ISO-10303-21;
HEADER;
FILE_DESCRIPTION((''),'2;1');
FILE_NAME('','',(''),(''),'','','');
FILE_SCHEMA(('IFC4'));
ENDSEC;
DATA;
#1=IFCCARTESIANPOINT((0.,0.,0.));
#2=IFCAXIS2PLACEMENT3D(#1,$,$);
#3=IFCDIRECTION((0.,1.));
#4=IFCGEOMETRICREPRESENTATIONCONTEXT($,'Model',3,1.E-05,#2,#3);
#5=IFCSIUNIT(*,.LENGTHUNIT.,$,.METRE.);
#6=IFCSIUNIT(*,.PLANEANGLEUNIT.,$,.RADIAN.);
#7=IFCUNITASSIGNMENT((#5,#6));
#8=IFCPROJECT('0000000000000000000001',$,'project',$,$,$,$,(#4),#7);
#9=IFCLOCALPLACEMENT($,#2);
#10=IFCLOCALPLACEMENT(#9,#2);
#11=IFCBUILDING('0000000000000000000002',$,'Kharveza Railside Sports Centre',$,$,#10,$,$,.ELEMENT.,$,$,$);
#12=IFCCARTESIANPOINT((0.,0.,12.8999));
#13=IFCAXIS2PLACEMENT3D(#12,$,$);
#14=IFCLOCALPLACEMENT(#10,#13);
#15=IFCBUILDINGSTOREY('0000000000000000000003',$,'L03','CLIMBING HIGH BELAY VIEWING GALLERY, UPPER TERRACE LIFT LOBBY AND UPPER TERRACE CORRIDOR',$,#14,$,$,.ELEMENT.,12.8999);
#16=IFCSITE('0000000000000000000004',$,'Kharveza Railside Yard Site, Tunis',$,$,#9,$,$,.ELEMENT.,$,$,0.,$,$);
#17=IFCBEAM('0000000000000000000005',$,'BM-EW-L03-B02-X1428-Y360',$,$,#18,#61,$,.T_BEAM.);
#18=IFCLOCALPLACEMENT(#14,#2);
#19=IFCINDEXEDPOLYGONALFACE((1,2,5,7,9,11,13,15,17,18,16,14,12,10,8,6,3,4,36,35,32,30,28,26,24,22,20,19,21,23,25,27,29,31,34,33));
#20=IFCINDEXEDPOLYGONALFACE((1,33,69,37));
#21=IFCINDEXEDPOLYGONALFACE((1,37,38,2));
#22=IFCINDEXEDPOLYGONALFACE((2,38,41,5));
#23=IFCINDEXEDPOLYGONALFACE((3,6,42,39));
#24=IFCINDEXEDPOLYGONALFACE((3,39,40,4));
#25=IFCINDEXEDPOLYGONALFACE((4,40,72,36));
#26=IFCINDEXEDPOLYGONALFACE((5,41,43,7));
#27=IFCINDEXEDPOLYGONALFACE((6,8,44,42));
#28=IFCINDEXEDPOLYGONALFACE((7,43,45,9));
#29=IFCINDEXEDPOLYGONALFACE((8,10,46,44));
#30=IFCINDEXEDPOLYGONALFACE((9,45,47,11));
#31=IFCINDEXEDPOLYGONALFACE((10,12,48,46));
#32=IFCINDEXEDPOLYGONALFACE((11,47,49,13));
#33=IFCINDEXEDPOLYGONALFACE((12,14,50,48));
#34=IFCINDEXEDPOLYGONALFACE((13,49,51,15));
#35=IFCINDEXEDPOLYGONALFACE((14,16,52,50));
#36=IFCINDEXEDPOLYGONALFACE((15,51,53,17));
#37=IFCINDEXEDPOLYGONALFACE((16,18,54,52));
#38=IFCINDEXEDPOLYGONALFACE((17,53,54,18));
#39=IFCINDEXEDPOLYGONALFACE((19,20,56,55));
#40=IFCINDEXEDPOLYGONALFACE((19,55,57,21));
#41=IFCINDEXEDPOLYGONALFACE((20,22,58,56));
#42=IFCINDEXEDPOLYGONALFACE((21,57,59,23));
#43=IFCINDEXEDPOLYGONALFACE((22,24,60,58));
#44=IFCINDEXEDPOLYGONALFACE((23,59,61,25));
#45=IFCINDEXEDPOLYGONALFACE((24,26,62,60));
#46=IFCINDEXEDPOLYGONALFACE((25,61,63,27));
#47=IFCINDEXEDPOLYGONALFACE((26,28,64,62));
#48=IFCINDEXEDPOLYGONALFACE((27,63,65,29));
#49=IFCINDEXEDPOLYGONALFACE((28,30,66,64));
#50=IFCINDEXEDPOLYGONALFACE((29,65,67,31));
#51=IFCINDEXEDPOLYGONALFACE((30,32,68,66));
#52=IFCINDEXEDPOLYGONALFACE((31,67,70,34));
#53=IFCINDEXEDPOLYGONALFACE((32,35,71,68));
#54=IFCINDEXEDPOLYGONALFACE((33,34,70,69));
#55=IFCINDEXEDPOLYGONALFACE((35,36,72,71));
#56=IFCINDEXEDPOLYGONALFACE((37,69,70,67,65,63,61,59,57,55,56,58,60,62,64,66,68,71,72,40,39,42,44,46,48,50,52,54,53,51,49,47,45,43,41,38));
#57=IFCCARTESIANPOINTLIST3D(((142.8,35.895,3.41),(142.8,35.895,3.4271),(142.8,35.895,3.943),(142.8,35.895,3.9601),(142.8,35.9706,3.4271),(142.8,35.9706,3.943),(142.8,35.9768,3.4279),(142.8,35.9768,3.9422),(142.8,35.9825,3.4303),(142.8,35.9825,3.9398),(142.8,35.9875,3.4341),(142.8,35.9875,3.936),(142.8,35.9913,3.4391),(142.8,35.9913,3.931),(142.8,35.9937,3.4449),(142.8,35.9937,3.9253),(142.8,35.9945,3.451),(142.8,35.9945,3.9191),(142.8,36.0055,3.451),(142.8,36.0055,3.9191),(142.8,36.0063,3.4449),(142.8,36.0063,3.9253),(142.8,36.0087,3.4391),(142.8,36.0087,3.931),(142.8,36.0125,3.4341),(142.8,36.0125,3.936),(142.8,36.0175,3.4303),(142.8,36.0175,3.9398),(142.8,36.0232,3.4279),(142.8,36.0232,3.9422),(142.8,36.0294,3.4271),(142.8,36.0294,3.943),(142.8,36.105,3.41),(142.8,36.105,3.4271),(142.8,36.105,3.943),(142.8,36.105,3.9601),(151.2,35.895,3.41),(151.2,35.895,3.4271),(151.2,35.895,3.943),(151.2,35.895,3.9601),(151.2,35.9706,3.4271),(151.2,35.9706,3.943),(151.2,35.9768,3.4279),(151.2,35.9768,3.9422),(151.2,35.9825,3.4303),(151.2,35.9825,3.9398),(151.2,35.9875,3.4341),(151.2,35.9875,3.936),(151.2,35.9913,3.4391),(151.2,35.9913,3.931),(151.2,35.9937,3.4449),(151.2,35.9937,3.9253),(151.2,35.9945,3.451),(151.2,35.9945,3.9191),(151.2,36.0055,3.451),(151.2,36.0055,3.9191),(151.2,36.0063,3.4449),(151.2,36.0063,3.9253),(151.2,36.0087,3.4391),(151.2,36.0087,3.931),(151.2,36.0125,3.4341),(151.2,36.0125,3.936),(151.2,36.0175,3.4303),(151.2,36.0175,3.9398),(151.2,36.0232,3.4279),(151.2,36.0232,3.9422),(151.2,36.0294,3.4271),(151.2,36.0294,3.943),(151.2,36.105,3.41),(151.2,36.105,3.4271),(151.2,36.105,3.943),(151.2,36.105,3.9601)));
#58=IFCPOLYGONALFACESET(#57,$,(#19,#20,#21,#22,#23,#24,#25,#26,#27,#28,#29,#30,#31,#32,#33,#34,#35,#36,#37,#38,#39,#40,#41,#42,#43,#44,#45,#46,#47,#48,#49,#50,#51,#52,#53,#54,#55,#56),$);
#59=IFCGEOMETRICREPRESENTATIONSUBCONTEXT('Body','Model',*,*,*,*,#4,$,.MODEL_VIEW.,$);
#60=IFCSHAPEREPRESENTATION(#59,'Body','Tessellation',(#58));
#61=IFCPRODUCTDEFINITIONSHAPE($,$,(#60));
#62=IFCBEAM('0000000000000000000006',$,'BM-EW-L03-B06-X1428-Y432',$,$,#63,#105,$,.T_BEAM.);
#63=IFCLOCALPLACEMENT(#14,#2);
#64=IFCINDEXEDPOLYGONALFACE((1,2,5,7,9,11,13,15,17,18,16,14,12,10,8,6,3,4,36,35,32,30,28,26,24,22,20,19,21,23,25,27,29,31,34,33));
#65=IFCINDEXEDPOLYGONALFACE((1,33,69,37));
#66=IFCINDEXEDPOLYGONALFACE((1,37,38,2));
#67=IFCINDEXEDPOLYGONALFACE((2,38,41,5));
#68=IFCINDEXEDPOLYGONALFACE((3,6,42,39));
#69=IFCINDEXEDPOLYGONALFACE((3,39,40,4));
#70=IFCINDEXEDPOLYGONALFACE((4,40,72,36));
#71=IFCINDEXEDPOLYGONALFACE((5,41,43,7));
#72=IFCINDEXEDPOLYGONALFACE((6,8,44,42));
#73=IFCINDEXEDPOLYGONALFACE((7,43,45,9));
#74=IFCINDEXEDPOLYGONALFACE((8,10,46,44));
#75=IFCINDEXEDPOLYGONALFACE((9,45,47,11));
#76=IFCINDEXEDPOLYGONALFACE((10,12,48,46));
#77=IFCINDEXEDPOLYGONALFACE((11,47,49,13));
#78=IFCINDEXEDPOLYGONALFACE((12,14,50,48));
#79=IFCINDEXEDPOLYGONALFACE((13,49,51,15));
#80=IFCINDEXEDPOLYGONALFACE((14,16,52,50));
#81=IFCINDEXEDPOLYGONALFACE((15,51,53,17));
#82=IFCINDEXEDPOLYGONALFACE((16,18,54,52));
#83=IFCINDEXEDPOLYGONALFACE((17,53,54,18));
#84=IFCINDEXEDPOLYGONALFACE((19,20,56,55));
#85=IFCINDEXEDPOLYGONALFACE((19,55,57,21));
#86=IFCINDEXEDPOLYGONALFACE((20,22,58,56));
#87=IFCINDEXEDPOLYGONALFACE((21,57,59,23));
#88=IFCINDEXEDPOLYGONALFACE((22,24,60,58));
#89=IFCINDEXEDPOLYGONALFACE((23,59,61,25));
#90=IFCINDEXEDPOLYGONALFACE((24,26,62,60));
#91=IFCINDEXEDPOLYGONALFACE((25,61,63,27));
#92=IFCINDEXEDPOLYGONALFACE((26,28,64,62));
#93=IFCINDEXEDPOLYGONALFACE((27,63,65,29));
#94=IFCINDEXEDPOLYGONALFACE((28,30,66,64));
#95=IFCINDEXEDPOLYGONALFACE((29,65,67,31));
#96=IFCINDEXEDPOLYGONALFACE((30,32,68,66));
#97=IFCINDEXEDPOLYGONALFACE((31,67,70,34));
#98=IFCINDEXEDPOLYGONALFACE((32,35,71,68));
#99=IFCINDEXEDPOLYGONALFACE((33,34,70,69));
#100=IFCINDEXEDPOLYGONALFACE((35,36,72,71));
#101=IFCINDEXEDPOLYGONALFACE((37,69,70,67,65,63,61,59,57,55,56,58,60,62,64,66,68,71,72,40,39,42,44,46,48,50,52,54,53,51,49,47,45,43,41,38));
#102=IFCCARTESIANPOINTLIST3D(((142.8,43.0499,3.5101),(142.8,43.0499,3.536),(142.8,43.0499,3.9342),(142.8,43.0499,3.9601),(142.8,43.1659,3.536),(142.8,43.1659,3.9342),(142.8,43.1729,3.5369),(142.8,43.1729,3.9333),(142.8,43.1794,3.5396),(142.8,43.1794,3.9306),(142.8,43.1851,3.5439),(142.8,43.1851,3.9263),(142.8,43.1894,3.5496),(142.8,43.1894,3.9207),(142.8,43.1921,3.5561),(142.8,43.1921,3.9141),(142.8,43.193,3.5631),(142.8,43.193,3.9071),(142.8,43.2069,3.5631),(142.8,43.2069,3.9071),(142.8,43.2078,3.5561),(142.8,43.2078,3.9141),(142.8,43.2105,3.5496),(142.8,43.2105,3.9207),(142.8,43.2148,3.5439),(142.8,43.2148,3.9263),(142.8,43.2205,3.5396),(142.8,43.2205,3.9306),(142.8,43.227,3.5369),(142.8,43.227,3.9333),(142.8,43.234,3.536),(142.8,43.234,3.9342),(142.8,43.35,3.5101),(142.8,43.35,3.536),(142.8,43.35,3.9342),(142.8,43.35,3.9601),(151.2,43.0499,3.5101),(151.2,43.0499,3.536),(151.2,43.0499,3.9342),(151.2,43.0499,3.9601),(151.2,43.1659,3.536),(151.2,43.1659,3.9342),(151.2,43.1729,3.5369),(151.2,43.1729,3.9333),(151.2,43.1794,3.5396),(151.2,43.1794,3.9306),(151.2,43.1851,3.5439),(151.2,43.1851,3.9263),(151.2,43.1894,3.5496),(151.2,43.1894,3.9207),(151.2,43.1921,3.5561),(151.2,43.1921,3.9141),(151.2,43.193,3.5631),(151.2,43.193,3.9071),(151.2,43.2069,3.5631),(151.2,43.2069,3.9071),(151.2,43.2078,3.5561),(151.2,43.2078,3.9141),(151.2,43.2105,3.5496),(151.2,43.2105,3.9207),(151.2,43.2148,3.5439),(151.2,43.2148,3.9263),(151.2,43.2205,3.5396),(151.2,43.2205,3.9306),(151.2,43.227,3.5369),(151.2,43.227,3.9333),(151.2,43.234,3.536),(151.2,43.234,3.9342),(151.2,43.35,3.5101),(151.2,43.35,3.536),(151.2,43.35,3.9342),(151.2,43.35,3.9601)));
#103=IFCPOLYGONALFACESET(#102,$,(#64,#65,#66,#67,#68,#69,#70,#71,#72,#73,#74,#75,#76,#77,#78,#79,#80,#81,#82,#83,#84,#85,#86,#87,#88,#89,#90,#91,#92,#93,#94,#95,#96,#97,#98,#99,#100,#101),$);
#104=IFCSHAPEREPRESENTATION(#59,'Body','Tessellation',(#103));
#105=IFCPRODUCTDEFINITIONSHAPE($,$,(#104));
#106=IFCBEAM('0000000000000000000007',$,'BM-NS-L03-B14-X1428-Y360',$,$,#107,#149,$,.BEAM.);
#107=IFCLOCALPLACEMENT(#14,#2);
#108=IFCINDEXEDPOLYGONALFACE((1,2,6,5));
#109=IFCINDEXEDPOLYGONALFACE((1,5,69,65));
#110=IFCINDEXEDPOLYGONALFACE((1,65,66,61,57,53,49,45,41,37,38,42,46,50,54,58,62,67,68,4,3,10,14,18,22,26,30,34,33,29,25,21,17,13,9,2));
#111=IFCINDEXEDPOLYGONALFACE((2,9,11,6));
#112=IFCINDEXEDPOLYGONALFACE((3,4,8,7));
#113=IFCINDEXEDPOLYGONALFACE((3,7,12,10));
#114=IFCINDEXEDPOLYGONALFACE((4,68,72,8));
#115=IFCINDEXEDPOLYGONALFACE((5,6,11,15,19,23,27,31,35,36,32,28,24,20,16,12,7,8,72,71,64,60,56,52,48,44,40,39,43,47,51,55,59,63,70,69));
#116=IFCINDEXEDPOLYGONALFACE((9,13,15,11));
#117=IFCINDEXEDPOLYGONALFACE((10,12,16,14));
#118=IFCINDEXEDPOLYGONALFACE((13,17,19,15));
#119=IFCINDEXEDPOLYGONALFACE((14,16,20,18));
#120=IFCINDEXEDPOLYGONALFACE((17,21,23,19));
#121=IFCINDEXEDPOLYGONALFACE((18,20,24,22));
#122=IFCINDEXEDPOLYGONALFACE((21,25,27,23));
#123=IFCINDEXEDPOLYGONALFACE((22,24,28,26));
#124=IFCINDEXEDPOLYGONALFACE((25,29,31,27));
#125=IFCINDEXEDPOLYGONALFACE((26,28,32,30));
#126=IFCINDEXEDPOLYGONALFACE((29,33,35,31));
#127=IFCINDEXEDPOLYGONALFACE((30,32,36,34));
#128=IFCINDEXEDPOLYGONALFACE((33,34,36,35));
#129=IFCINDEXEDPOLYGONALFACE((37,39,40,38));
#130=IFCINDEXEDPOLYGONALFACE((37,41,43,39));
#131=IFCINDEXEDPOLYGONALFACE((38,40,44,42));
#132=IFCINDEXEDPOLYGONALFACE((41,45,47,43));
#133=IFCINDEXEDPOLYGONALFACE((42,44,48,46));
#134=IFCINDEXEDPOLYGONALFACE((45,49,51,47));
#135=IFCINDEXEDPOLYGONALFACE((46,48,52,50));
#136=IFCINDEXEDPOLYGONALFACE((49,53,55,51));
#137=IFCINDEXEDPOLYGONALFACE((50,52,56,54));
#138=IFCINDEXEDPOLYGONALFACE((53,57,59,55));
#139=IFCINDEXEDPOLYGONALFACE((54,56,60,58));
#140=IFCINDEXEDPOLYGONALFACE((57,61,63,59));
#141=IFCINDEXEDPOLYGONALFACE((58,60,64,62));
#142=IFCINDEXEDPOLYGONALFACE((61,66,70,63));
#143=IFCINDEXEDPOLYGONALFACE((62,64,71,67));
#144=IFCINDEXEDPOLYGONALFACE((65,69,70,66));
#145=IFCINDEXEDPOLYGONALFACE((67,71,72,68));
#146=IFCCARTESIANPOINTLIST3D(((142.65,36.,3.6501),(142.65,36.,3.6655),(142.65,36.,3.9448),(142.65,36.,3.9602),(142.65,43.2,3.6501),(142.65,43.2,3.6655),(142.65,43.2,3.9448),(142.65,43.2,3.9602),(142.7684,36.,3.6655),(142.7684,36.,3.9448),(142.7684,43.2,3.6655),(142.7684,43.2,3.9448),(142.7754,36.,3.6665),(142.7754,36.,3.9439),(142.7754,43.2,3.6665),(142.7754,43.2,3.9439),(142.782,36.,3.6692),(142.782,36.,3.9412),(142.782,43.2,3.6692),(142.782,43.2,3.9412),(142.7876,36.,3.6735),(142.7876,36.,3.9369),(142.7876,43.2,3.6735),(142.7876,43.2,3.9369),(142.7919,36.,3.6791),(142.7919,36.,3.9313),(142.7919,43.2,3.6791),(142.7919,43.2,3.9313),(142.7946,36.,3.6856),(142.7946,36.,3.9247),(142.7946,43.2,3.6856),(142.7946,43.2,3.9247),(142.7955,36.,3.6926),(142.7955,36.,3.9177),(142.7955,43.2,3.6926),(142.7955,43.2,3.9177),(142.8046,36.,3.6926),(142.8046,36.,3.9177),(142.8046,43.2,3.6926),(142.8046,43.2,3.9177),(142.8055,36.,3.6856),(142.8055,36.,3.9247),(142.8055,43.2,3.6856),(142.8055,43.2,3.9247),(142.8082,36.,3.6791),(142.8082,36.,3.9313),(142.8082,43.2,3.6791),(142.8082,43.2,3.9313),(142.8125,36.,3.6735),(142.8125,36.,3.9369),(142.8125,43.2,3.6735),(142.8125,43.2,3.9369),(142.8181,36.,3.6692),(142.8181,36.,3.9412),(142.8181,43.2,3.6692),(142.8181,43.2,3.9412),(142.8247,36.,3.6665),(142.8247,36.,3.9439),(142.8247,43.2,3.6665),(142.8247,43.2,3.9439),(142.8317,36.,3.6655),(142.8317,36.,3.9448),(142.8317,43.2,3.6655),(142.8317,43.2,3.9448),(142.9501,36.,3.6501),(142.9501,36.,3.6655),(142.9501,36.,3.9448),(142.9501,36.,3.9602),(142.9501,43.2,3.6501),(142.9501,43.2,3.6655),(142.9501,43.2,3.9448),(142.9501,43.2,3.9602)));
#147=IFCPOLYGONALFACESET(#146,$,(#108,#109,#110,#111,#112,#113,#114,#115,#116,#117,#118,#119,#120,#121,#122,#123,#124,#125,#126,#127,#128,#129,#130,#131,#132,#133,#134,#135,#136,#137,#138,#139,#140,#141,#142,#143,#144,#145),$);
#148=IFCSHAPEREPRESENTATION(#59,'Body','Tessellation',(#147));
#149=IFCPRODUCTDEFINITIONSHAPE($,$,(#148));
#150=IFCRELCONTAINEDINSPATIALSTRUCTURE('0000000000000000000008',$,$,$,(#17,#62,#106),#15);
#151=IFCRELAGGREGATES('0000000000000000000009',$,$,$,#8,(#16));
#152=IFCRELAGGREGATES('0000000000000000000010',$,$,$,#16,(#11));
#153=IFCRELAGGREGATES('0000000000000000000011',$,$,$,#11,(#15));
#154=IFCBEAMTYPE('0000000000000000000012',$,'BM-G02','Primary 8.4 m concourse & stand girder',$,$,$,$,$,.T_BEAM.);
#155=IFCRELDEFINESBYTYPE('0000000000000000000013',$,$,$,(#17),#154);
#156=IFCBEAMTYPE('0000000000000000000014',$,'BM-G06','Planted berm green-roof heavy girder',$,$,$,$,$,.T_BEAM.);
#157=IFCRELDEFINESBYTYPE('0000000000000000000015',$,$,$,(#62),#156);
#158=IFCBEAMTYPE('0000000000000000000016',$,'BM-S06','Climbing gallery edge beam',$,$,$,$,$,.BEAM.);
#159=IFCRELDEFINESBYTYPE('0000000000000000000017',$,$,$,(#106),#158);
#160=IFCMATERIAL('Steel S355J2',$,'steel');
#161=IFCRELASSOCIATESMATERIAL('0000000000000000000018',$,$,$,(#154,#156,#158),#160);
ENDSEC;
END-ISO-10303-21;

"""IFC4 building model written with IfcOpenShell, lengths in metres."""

from ifc_helpers import new_model, si_unit, direction, frame, origin, origin_2d, place, context, subcontext, project, spatial, i_section, extrude, material, material_profile, profile_set, type_object, element, save


model = new_model("IFC4")

# Units and contexts
model_context = context("Model", 3, precision=1e-05, world=origin(), true_north=direction((0.0, 1.0)))
body_context = subcontext(model_context, "Body", "Model", "MODEL_VIEW")
ifc_project = project(units=[si_unit("LENGTHUNIT", "METRE"), si_unit("PLANEANGLEUNIT", "RADIAN")], contexts=[model_context])

# Site, building, storey
site_placement = place(None, origin())
site = spatial("IfcSite", under=ifc_project, at=site_placement, Name="Kharveza Railside Yard Site, Tunis", CompositionType="ELEMENT", RefElevation=0.0)
building_placement = place(site_placement, origin())
building = spatial("IfcBuilding", under=site, at=building_placement, Name="Kharveza Railside Sports Centre", CompositionType="ELEMENT")
storey_placement = place(building_placement, frame((0.0, 0.0, 12.8999)))
storey = spatial("IfcBuildingStorey", under=building, at=storey_placement, Name="L03", Description="CLIMBING HIGH BELAY VIEWING GALLERY, UPPER TERRACE LIFT LOBBY AND UPPER TERRACE CORRIDOR", CompositionType="ELEMENT", Elevation=12.8999)

# Shared definitions
ifc_material_1 = material(Name="Steel S355J2", Category="steel")

# Beams
ifc_material_profile_1 = material_profile(ifc_material_1, i_section(OverallWidth=0.21, OverallDepth=0.55, WebThickness=0.011, FlangeThickness=0.0171, FilletRadius=0.0239, at=origin_2d()), Name="IPE 550")
ifc_profile_set_1 = profile_set([ifc_material_profile_1], Name="Steel S355J2")
beam_type_1 = type_object("IfcBeamType", Name="BM-G02", Description="Primary 8.4 m concourse & stand girder", PredefinedType="T_BEAM", material=ifc_profile_set_1)
beam_1_placement = place(storey_placement, frame((142.8, 36.0, 3.6851), z_axis=(1.0, 0.0, 0.0), x_axis=(0.0, 1.0, 0.0)))
element("IfcBeam", 1, at=beam_1_placement, inside=storey, type_object=beam_type_1, Name="BM-EW-L03-B02-X1428-Y360", PredefinedType="T_BEAM", context=body_context, shape_type="SweptSolid", body=[
    extrude(i_section(OverallWidth=0.21, OverallDepth=0.55, WebThickness=0.011, FlangeThickness=0.0171, FilletRadius=0.0239, at=origin_2d()), origin(), (0.0, 0.0, 1.0), 8.3999),
])
ifc_material_profile_2 = material_profile(ifc_material_1, i_section(OverallWidth=0.3, OverallDepth=0.45, WebThickness=0.0139, FlangeThickness=0.0259, FilletRadius=0.0271, at=origin_2d()), Name="HEB 450")
ifc_profile_set_2 = profile_set([ifc_material_profile_2], Name="Steel S355J2")
beam_type_2 = type_object("IfcBeamType", Name="BM-G06", Description="Planted berm green-roof heavy girder", PredefinedType="T_BEAM", material=ifc_profile_set_2)
beam_2_placement = place(storey_placement, frame((142.8, 43.2, 3.7351), z_axis=(1.0, 0.0, 0.0), x_axis=(0.0, 1.0, 0.0)))
element("IfcBeam", 2, at=beam_2_placement, inside=storey, type_object=beam_type_2, Name="BM-EW-L03-B06-X1428-Y432", PredefinedType="T_BEAM", context=body_context, shape_type="SweptSolid", body=[
    extrude(i_section(OverallWidth=0.3, OverallDepth=0.45, WebThickness=0.0139, FlangeThickness=0.0259, FilletRadius=0.0271, at=origin_2d()), origin(), (0.0, 0.0, 1.0), 8.3999),
])
ifc_material_profile_3 = material_profile(ifc_material_1, i_section(OverallWidth=0.3, OverallDepth=0.3101, WebThickness=0.009, FlangeThickness=0.0154, FilletRadius=0.0271, at=origin_2d()), Name="HEA 320")
ifc_profile_set_3 = profile_set([ifc_material_profile_3], Name="Steel S355J2")
beam_type_3 = type_object("IfcBeamType", Name="BM-S06", Description="Climbing gallery edge beam", PredefinedType="BEAM", material=ifc_profile_set_3)
beam_3_placement = place(storey_placement, frame((142.8, 36.0, 3.8052), z_axis=(0.0, 1.0, 0.0), x_axis=(-1.0, 0.0, 0.0)))
element("IfcBeam", 3, at=beam_3_placement, inside=storey, type_object=beam_type_3, Name="BM-NS-L03-B14-X1428-Y360", PredefinedType="BEAM", context=body_context, shape_type="SweptSolid", body=[
    extrude(i_section(OverallWidth=0.3, OverallDepth=0.3101, WebThickness=0.009, FlangeThickness=0.0154, FilletRadius=0.0271, at=origin_2d()), origin(), (0.0, 0.0, 1.0), 7.2),
])

save(model, "model.ifc")
